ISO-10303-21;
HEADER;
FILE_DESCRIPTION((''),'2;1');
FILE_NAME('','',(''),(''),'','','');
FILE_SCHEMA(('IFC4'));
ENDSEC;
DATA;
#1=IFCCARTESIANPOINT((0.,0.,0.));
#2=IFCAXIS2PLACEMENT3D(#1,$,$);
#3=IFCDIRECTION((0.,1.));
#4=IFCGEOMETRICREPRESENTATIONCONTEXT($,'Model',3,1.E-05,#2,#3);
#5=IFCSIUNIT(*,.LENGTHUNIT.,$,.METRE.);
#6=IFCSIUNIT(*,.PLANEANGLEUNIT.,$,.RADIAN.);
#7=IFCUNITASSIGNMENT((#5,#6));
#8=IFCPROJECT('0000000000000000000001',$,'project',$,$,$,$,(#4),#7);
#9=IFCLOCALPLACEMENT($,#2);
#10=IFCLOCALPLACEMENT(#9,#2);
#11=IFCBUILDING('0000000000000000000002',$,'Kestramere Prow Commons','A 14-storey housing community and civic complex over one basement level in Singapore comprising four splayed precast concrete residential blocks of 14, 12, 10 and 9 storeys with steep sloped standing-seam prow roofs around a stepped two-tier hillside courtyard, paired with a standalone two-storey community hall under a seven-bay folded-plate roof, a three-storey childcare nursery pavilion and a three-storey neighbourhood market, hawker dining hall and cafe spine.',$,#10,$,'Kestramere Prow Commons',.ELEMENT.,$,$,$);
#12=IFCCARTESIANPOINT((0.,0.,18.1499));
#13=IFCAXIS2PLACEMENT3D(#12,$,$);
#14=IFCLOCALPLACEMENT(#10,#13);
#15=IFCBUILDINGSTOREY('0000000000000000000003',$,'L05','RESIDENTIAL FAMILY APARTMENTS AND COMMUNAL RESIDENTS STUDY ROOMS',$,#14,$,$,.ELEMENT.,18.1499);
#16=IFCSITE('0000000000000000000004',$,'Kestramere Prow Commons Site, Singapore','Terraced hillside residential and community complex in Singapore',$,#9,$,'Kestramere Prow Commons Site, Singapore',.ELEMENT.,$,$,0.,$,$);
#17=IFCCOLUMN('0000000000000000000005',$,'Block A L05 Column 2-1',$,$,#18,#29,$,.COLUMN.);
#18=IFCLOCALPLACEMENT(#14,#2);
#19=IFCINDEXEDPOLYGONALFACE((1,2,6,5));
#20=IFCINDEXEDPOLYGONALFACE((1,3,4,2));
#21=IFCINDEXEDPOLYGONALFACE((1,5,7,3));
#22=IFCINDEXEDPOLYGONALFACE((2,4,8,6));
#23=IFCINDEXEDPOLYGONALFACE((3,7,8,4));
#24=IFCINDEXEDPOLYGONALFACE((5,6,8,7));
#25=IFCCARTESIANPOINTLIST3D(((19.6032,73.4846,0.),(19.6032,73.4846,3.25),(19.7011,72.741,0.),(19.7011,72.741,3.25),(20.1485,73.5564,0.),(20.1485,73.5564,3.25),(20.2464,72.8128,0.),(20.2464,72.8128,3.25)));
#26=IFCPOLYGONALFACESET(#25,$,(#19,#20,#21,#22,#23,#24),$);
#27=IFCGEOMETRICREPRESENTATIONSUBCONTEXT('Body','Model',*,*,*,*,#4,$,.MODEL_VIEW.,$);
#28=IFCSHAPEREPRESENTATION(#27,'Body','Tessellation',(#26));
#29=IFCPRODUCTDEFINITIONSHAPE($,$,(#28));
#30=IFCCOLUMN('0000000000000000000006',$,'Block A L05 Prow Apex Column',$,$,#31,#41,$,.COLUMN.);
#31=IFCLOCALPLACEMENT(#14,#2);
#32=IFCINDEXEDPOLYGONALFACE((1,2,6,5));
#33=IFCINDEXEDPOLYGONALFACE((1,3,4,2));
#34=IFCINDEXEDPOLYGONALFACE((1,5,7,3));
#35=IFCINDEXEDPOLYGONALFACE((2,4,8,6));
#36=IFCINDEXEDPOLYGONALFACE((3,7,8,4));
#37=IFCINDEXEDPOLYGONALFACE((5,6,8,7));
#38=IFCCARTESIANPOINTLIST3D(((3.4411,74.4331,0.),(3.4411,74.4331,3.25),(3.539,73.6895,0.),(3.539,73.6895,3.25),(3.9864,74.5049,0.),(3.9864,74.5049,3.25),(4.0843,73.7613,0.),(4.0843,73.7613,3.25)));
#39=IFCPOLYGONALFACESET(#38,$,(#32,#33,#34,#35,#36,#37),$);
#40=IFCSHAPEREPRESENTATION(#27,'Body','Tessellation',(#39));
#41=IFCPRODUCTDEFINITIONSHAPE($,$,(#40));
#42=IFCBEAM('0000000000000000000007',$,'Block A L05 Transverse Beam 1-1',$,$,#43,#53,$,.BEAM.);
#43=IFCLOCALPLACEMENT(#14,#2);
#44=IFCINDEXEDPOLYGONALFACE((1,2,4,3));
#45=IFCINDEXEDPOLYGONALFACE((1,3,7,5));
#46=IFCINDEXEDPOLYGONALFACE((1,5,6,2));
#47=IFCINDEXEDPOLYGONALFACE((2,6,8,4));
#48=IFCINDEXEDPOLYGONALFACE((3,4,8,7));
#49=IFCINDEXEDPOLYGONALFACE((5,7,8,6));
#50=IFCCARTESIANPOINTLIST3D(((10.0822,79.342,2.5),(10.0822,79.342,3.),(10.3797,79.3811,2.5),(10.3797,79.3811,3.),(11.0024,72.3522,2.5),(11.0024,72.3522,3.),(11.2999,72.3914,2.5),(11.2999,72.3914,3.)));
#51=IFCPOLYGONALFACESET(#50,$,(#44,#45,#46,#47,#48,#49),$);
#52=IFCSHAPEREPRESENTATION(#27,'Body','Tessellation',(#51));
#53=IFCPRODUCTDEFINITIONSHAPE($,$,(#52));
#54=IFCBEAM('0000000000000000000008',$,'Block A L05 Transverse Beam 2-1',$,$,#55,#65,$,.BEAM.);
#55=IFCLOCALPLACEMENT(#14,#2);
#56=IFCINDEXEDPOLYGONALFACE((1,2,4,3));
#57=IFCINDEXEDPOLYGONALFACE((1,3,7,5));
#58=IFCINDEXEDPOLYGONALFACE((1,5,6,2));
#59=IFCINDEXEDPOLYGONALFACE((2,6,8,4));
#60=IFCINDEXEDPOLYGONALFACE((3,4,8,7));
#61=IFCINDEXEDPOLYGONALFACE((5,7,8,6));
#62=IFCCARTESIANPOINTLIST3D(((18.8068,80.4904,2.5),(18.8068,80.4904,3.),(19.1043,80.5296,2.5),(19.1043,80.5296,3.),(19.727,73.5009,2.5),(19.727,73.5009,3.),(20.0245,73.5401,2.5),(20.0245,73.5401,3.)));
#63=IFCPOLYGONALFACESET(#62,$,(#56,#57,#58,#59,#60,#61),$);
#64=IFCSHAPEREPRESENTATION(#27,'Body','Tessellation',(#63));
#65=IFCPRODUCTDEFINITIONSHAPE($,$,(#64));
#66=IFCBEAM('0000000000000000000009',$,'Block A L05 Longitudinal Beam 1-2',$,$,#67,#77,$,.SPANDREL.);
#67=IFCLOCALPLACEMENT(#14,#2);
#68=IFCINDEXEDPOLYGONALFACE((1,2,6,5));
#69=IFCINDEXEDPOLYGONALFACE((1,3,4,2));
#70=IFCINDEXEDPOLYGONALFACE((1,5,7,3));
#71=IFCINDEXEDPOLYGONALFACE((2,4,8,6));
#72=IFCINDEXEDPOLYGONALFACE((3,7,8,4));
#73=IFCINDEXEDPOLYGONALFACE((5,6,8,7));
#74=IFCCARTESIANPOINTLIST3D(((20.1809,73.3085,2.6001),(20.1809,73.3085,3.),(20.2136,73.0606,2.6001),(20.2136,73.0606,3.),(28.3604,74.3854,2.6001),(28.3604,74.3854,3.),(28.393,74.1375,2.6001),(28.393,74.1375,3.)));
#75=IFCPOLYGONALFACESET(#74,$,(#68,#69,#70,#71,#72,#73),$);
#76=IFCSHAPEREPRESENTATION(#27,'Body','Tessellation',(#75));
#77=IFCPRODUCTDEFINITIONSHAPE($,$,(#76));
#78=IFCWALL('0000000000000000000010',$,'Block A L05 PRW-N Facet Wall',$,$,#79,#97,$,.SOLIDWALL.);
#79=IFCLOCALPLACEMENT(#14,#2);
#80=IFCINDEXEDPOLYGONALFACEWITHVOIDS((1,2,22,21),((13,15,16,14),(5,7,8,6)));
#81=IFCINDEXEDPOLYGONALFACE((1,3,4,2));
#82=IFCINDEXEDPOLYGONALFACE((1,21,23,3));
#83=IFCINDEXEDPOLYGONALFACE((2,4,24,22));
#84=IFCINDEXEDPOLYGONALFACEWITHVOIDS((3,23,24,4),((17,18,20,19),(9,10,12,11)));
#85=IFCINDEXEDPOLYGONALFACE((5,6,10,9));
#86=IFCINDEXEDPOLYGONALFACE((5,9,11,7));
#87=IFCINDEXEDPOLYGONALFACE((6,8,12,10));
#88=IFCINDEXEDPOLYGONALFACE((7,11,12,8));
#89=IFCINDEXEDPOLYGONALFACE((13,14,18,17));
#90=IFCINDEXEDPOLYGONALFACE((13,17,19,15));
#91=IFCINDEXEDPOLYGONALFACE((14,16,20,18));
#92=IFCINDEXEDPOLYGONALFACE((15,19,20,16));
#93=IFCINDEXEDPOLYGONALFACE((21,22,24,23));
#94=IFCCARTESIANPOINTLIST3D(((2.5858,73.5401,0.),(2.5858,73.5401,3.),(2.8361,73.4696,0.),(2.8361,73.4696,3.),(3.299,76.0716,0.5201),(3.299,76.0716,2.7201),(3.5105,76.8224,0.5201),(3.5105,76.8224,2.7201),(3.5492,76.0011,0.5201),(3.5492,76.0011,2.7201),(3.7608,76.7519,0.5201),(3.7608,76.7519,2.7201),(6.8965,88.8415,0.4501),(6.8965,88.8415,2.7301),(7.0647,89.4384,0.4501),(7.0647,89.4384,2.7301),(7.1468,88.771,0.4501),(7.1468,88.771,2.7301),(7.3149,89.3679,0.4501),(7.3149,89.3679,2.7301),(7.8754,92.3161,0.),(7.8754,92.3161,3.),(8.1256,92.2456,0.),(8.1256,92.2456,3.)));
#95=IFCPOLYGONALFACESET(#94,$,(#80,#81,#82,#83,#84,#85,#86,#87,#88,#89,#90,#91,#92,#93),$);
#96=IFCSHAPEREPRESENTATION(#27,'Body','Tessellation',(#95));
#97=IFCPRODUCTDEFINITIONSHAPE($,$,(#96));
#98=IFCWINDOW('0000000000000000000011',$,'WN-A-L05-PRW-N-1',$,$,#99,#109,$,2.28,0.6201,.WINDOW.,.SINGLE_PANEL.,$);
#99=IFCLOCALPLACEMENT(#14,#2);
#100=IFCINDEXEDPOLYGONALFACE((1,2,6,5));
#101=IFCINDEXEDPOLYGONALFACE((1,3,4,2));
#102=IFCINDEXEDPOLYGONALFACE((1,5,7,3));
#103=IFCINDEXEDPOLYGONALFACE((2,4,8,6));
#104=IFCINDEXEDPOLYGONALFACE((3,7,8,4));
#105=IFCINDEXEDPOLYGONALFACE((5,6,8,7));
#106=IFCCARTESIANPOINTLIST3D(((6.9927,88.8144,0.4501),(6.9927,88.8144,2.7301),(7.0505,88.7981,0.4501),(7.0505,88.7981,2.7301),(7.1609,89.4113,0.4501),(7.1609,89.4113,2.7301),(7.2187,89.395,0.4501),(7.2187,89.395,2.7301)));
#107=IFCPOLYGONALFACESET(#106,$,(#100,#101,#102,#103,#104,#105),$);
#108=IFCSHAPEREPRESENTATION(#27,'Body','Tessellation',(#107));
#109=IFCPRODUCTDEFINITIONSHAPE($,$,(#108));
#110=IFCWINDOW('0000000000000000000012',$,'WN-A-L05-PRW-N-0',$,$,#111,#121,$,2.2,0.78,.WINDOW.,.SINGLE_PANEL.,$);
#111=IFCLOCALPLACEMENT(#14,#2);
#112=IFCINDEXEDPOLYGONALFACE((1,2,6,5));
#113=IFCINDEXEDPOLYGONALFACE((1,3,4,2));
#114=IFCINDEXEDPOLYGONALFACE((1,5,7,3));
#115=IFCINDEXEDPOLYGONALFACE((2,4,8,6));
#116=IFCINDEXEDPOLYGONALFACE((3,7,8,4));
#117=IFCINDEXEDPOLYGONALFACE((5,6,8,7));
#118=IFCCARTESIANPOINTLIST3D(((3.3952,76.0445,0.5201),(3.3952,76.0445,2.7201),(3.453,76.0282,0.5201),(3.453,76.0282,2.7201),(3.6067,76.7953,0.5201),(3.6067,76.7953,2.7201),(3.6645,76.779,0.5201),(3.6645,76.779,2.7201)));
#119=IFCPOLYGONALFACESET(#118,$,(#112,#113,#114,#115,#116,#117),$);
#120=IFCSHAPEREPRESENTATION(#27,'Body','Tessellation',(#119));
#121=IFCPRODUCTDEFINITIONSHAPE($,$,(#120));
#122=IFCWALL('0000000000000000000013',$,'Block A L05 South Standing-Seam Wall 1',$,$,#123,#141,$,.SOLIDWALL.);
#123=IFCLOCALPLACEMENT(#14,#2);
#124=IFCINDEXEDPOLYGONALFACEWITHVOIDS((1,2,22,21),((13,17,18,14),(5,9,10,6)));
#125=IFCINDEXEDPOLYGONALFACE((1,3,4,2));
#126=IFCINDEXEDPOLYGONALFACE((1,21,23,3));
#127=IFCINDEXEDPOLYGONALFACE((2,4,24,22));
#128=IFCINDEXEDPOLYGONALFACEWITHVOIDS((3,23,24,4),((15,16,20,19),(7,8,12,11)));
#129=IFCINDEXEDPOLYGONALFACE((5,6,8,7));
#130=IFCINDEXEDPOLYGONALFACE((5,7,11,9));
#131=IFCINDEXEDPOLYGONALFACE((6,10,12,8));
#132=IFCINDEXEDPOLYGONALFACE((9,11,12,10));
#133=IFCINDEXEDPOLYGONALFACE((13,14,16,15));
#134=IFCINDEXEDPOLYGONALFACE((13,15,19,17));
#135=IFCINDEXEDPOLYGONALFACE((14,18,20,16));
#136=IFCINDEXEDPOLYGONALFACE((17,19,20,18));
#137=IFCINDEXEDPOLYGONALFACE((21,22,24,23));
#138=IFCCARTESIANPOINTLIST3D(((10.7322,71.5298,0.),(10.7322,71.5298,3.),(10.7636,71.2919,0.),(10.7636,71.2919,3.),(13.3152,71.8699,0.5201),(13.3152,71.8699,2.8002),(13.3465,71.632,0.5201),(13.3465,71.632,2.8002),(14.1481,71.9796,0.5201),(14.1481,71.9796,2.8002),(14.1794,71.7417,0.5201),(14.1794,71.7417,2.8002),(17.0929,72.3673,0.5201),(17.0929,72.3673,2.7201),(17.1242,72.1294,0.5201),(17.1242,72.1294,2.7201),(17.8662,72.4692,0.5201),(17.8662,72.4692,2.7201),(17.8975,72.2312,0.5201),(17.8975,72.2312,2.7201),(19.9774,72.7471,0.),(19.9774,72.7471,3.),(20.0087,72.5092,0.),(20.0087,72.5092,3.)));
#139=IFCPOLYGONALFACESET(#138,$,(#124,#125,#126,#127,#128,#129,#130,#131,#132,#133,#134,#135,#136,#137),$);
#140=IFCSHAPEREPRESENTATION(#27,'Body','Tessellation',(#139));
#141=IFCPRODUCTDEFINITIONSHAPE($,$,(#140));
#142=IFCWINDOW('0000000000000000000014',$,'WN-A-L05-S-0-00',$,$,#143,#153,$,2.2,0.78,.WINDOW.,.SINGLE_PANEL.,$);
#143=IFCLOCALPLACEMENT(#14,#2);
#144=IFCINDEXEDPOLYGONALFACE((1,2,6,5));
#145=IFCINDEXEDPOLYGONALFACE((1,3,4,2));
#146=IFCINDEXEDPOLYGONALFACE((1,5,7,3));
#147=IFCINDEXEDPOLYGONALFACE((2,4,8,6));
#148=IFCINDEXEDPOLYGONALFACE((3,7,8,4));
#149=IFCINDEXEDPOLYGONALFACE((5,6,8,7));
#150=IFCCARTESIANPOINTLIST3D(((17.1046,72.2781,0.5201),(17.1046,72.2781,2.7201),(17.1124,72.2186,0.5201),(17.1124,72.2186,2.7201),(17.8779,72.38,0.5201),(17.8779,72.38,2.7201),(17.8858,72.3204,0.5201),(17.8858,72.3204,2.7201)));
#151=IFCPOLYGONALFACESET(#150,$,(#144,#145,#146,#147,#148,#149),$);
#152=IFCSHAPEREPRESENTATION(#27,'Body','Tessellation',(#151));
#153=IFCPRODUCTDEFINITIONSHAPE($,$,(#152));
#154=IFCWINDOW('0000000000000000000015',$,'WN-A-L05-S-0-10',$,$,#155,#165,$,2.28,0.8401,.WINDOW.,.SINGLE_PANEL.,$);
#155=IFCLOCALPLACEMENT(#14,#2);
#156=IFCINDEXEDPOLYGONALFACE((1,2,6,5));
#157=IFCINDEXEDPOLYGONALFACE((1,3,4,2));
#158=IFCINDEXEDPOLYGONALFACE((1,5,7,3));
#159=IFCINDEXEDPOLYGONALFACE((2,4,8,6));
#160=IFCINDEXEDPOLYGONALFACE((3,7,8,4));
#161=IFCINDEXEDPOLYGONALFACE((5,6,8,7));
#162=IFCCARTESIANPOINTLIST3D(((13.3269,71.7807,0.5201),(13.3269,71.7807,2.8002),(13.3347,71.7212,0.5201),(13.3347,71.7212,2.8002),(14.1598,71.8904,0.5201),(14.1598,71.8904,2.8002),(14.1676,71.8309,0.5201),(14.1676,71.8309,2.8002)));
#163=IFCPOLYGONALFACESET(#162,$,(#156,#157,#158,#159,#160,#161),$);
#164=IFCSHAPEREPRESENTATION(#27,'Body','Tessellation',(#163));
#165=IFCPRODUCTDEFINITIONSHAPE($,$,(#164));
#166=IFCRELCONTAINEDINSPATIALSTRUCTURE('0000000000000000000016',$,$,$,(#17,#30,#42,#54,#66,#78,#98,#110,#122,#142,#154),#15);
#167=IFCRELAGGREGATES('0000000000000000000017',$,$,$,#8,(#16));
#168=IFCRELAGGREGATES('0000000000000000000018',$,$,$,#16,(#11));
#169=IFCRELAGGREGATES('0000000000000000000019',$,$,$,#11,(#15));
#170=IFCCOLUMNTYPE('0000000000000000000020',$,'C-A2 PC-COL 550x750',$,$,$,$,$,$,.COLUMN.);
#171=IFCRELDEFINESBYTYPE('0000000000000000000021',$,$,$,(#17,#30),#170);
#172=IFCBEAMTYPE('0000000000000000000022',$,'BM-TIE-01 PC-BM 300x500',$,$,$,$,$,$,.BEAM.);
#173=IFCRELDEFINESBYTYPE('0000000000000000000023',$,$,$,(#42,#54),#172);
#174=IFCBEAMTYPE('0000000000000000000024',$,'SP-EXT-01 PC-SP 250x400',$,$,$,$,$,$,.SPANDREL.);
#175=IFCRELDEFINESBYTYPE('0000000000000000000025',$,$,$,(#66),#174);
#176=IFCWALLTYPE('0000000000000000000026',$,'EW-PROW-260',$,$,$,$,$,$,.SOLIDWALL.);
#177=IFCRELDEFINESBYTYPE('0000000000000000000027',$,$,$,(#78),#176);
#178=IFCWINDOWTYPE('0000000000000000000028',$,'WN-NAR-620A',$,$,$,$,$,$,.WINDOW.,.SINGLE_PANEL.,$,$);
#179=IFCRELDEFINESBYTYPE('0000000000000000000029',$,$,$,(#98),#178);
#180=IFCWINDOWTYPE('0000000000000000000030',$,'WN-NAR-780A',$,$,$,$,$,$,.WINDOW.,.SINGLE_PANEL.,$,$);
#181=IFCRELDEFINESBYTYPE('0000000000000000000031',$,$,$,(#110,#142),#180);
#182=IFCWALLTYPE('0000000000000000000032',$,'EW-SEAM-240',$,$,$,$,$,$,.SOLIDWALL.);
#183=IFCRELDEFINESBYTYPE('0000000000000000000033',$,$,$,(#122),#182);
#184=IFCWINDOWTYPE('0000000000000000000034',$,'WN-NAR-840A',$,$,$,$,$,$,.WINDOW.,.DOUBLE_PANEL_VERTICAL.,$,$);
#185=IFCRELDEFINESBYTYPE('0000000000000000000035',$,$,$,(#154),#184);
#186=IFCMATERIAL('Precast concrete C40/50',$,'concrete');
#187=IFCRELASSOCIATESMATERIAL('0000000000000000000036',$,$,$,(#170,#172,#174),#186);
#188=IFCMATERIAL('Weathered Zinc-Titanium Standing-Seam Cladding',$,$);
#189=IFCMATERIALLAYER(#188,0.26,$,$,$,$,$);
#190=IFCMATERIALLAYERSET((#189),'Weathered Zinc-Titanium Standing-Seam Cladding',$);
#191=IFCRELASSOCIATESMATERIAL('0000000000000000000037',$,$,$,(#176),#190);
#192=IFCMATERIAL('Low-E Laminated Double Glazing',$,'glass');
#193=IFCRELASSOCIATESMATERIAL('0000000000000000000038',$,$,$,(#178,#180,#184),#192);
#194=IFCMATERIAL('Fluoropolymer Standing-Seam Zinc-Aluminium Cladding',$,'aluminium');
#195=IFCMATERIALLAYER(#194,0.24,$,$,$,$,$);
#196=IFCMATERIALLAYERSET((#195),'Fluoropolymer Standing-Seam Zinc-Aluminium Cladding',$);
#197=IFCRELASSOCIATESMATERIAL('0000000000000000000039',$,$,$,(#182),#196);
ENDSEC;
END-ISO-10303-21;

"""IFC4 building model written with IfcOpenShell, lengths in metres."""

from ifc_helpers import new_model, si_unit, direction, frame, frame_2d, origin, origin_2d, place, context, subcontext, project, spatial, rectangle, extrude, material, layer, layer_set, material_profile, profile_set, type_object, element, fill, save


model = new_model("IFC4")

# Units and contexts
model_context = context("Model", 3, precision=1e-05, world=origin(), true_north=direction((0.0, 1.0)))
body_context = subcontext(model_context, "Body", "Model", "MODEL_VIEW")
ifc_project = project(units=[si_unit("LENGTHUNIT", "METRE"), si_unit("PLANEANGLEUNIT", "RADIAN")], contexts=[model_context])

# Site, building, storey
site_placement = place(None, origin())
site = spatial("IfcSite", under=ifc_project, at=site_placement, Name="Kestramere Prow Commons Site, Singapore", Description="Terraced hillside residential and community complex in Singapore", LongName="Kestramere Prow Commons Site, Singapore", CompositionType="ELEMENT", RefElevation=0.0)
building_placement = place(site_placement, origin())
building = spatial("IfcBuilding", under=site, at=building_placement, Name="Kestramere Prow Commons", Description="A 14-storey housing community and civic complex over one basement level in Singapore comprising four splayed precast concrete residential blocks of 14, 12, 10 and 9 storeys with steep sloped standing-seam prow roofs around a stepped two-tier hillside courtyard, paired with a standalone two-storey community hall under a seven-bay folded-plate roof, a three-storey childcare nursery pavilion and a three-storey neighbourhood market, hawker dining hall and cafe spine.", LongName="Kestramere Prow Commons", CompositionType="ELEMENT")
storey_placement = place(building_placement, frame((0.0, 0.0, 18.1499)))
storey = spatial("IfcBuildingStorey", under=building, at=storey_placement, Name="L05", Description="RESIDENTIAL FAMILY APARTMENTS AND COMMUNAL RESIDENTS STUDY ROOMS", CompositionType="ELEMENT", Elevation=18.1499)

# Columns
ifc_material_1 = material(Name="Precast concrete C40/50", Category="concrete")
ifc_material_profile_1 = material_profile(ifc_material_1, rectangle(XDim=0.55, YDim=0.75, at=origin_2d()), Name="PC-COL 550x750")
ifc_profile_set_1 = profile_set([ifc_material_profile_1], Name="Precast concrete C40/50")
column_type = type_object("IfcColumnType", Name="C-A2 PC-COL 550x750", PredefinedType="COLUMN", material=ifc_profile_set_1)
for number, where, z_axis, x_axis, name in (
    (1, (19.9248, 73.1487, 0.0), (0.0, 0.0, 1.0), (0.991445, 0.130526, 0.0), "Block A L05 Column 2-1"),
    (2, (3.7627, 74.0972, 0.0), (0.0, 0.0, 1.0), (0.991445, 0.130526, 0.0), "Block A L05 Prow Apex Column"),
):
    element("IfcColumn", number, at=place(storey_placement, frame(where, z_axis=z_axis, x_axis=x_axis)), inside=storey, type_object=column_type, Name=name, PredefinedType="COLUMN", context=body_context, shape_type="SweptSolid", body=[
        extrude(rectangle(XDim=0.55, YDim=0.75, at=origin_2d()), origin(), (0.0, 0.0, 1.0), 3.25),
    ])

# Beams
ifc_material_profile_2 = material_profile(ifc_material_1, rectangle(XDim=0.3, YDim=0.5, at=origin_2d()), Name="PC-BM 300x500")
ifc_profile_set_2 = profile_set([ifc_material_profile_2], Name="Precast concrete C40/50")
beam_type_1 = type_object("IfcBeamType", Name="BM-TIE-01 PC-BM 300x500", PredefinedType="BEAM", material=ifc_profile_set_2)
beam_1_placement = place(storey_placement, frame((11.1511, 72.3718, 2.75), z_axis=(-0.130519, 0.991446, 0.0), x_axis=(-0.991446, -0.130519, 0.0)))
element("IfcBeam", 3, at=beam_1_placement, inside=storey, type_object=beam_type_1, Name="Block A L05 Transverse Beam 1-1", PredefinedType="BEAM", context=body_context, shape_type="SweptSolid", body=[
    extrude(rectangle(XDim=0.3, YDim=0.5, at=origin_2d()), origin(), (0.0, 0.0, 1.0), 7.05),
])
beam_2_placement = place(storey_placement, frame((19.8757, 73.5205, 2.75), z_axis=(-0.130523, 0.991445, 0.0), x_axis=(-0.991445, -0.130523, 0.0)))
element("IfcBeam", 4, at=beam_2_placement, inside=storey, type_object=beam_type_1, Name="Block A L05 Transverse Beam 2-1", PredefinedType="BEAM", context=body_context, shape_type="SweptSolid", body=[
    extrude(rectangle(XDim=0.3, YDim=0.5, at=origin_2d()), origin(), (0.0, 0.0, 1.0), 7.0498),
])
ifc_material_profile_3 = material_profile(ifc_material_1, rectangle(XDim=0.25, YDim=0.3999, at=origin_2d()), Name="PC-SP 250x400")
ifc_profile_set_3 = profile_set([ifc_material_profile_3], Name="Precast concrete C40/50")
beam_type_2 = type_object("IfcBeamType", Name="SP-EXT-01 PC-SP 250x400", PredefinedType="SPANDREL", material=ifc_profile_set_3)
beam_3_placement = place(storey_placement, frame((20.1973, 73.1846, 2.8), z_axis=(0.991444, 0.130533, 0.0), x_axis=(-0.130533, 0.991444, 0.0)))
element("IfcBeam", 5, at=beam_3_placement, inside=storey, type_object=beam_type_2, Name="Block A L05 Longitudinal Beam 1-2", PredefinedType="SPANDREL", context=body_context, shape_type="SweptSolid", body=[
    extrude(rectangle(XDim=0.25, YDim=0.3999, at=origin_2d()), origin(), (0.0, 0.0, 1.0), 8.25),
])

# Walls, openings, windows
ifc_material_2 = material(Name="Weathered Zinc-Titanium Standing-Seam Cladding")
ifc_layer_1 = layer(ifc_material_2, 0.26)
ifc_layer_set_1 = layer_set([ifc_layer_1], Name="Weathered Zinc-Titanium Standing-Seam Cladding")
wall_type_1 = type_object("IfcWallType", Name="EW-PROW-260", PredefinedType="SOLIDWALL", material=ifc_layer_set_1)
wall_1_placement = place(storey_placement, frame((2.7109, 73.5049, 0.0), z_axis=(0.0, 0.0, 1.0), x_axis=(0.271165, 0.962533, 0.0)))
wall_1 = element("IfcWall", 6, at=wall_1_placement, inside=storey, type_object=wall_type_1, Name="Block A L05 PRW-N Facet Wall", PredefinedType="SOLIDWALL", context=body_context, shape_type="SweptSolid", body=[
    extrude(rectangle(XDim=19.5068, YDim=0.26, at=frame_2d((9.7534, 0.0))), origin(), (0.0, 0.0, 1.0), 3.0),
])
opening_1_placement = place(wall_1_placement, frame((2.6299, 0.0, 0.52)))
opening_1 = element("IfcOpeningElement", 7, at=opening_1_placement, cuts=wall_1, PredefinedType="OPENING", context=body_context, shape_type="SweptSolid", body=[
    extrude(rectangle(XDim=0.78, YDim=2.2, at=frame_2d((0.3901, 1.1001))), frame((0.0, 0.145, 0.0), z_axis=(0.0, -1.0, 0.0), x_axis=(1.0, 0.0, 0.0)), (0.0, 0.0, 1.0), 0.29),
])
opening_2_placement = place(wall_1_placement, frame((15.897, 0.0, 0.45)))
opening_2 = element("IfcOpeningElement", 8, at=opening_2_placement, cuts=wall_1, PredefinedType="OPENING", context=body_context, shape_type="SweptSolid", body=[
    extrude(rectangle(XDim=0.6201, YDim=2.28, at=frame_2d((0.3101, 1.1401))), frame((0.0, 0.145, 0.0), z_axis=(0.0, -1.0, 0.0), x_axis=(1.0, 0.0, 0.0)), (0.0, 0.0, 1.0), 0.29),
])
ifc_material_3 = material(Name="Low-E Laminated Double Glazing", Category="glass")
window_type_1 = type_object("IfcWindowType", Name="WN-NAR-620A", PartitioningType="SINGLE_PANEL", PredefinedType="WINDOW", material=ifc_material_3)
window_1_placement = place(opening_2_placement, origin())
window_1 = element("IfcWindow", 9, at=window_1_placement, inside=storey, type_object=window_type_1, Name="WN-A-L05-PRW-N-1", OverallHeight=2.28, OverallWidth=0.6201, PartitioningType="SINGLE_PANEL", PredefinedType="WINDOW", context=body_context, shape_type="SweptSolid", body=[
    extrude(rectangle(XDim=0.6201, YDim=2.28, at=frame_2d((0.3101, 1.1401))), frame((0.0, 0.03, 0.0), z_axis=(0.0, -1.0, 0.0), x_axis=(1.0, 0.0, 0.0)), (0.0, 0.0, 1.0), 0.0601),
])
fill(opening_2, window_1)
window_type_2 = type_object("IfcWindowType", Name="WN-NAR-780A", PartitioningType="SINGLE_PANEL", PredefinedType="WINDOW", material=ifc_material_3)
window_2_placement = place(opening_1_placement, origin())
window_2 = element("IfcWindow", 10, at=window_2_placement, inside=storey, type_object=window_type_2, Name="WN-A-L05-PRW-N-0", OverallHeight=2.2, OverallWidth=0.78, PartitioningType="SINGLE_PANEL", PredefinedType="WINDOW", context=body_context, shape_type="SweptSolid", body=[
    extrude(rectangle(XDim=0.78, YDim=2.2, at=frame_2d((0.3901, 1.1001))), frame((0.0, 0.03, 0.0), z_axis=(0.0, -1.0, 0.0), x_axis=(1.0, 0.0, 0.0)), (0.0, 0.0, 1.0), 0.0601),
])
fill(opening_1, window_2)
ifc_material_4 = material(Name="Fluoropolymer Standing-Seam Zinc-Aluminium Cladding", Category="aluminium")
ifc_layer_2 = layer(ifc_material_4, 0.24)
ifc_layer_set_2 = layer_set([ifc_layer_2], Name="Fluoropolymer Standing-Seam Zinc-Aluminium Cladding")
wall_type_2 = type_object("IfcWallType", Name="EW-SEAM-240", PredefinedType="SOLIDWALL", material=ifc_layer_set_2)
wall_2_placement = place(storey_placement, frame((19.9932, 72.6282, 0.0), z_axis=(0.0, 0.0, 1.0), x_axis=(-0.991443, -0.130541, 0.0)))
wall_2 = element("IfcWall", 11, at=wall_2_placement, inside=storey, type_object=wall_type_2, Name="Block A L05 South Standing-Seam Wall 1", PredefinedType="SOLIDWALL", context=body_context, shape_type="SweptSolid", body=[
    extrude(rectangle(XDim=9.325, YDim=0.24, at=frame_2d((4.6626, 0.0))), origin(), (0.0, 0.0, 1.0), 3.0),
])
opening_3_placement = place(wall_2_placement, frame((2.1294, 0.0, 0.52)))
opening_3 = element("IfcOpeningElement", 12, at=opening_3_placement, cuts=wall_2, PredefinedType="OPENING", context=body_context, shape_type="SweptSolid", body=[
    extrude(rectangle(XDim=0.78, YDim=2.2, at=frame_2d((0.3901, 1.1001))), frame((0.0, 0.135, 0.0), z_axis=(0.0, -1.0, 0.0), x_axis=(1.0, 0.0, 0.0)), (0.0, 0.0, 1.0), 0.27),
])
opening_4_placement = place(wall_2_placement, frame((5.8799, 0.0, 0.52)))
opening_4 = element("IfcOpeningElement", 13, at=opening_4_placement, cuts=wall_2, PredefinedType="OPENING", context=body_context, shape_type="SweptSolid", body=[
    extrude(rectangle(XDim=0.8401, YDim=2.28, at=frame_2d((0.4199, 1.1401))), frame((0.0, 0.135, 0.0), z_axis=(0.0, -1.0, 0.0), x_axis=(1.0, 0.0, 0.0)), (0.0, 0.0, 1.0), 0.27),
])
window_3_placement = place(opening_3_placement, origin())
window_3 = element("IfcWindow", 14, at=window_3_placement, inside=storey, type_object=window_type_2, Name="WN-A-L05-S-0-00", OverallHeight=2.2, OverallWidth=0.78, PartitioningType="SINGLE_PANEL", PredefinedType="WINDOW", context=body_context, shape_type="SweptSolid", body=[
    extrude(rectangle(XDim=0.78, YDim=2.2, at=frame_2d((0.3901, 1.1001))), frame((0.0, 0.03, 0.0), z_axis=(0.0, -1.0, 0.0), x_axis=(1.0, 0.0, 0.0)), (0.0, 0.0, 1.0), 0.0601),
])
fill(opening_3, window_3)
window_type_3 = type_object("IfcWindowType", Name="WN-NAR-840A", PartitioningType="DOUBLE_PANEL_VERTICAL", PredefinedType="WINDOW", material=ifc_material_3)
window_4_placement = place(opening_4_placement, origin())
window_4 = element("IfcWindow", 15, at=window_4_placement, inside=storey, type_object=window_type_3, Name="WN-A-L05-S-0-10", OverallHeight=2.28, OverallWidth=0.8401, PartitioningType="SINGLE_PANEL", PredefinedType="WINDOW", context=body_context, shape_type="SweptSolid", body=[
    extrude(rectangle(XDim=0.8401, YDim=2.28, at=frame_2d((0.4199, 1.1401))), frame((0.0, 0.03, 0.0), z_axis=(0.0, -1.0, 0.0), x_axis=(1.0, 0.0, 0.0)), (0.0, 0.0, 1.0), 0.0601),
])
fill(opening_4, window_4)

save(model, "model.ifc")
